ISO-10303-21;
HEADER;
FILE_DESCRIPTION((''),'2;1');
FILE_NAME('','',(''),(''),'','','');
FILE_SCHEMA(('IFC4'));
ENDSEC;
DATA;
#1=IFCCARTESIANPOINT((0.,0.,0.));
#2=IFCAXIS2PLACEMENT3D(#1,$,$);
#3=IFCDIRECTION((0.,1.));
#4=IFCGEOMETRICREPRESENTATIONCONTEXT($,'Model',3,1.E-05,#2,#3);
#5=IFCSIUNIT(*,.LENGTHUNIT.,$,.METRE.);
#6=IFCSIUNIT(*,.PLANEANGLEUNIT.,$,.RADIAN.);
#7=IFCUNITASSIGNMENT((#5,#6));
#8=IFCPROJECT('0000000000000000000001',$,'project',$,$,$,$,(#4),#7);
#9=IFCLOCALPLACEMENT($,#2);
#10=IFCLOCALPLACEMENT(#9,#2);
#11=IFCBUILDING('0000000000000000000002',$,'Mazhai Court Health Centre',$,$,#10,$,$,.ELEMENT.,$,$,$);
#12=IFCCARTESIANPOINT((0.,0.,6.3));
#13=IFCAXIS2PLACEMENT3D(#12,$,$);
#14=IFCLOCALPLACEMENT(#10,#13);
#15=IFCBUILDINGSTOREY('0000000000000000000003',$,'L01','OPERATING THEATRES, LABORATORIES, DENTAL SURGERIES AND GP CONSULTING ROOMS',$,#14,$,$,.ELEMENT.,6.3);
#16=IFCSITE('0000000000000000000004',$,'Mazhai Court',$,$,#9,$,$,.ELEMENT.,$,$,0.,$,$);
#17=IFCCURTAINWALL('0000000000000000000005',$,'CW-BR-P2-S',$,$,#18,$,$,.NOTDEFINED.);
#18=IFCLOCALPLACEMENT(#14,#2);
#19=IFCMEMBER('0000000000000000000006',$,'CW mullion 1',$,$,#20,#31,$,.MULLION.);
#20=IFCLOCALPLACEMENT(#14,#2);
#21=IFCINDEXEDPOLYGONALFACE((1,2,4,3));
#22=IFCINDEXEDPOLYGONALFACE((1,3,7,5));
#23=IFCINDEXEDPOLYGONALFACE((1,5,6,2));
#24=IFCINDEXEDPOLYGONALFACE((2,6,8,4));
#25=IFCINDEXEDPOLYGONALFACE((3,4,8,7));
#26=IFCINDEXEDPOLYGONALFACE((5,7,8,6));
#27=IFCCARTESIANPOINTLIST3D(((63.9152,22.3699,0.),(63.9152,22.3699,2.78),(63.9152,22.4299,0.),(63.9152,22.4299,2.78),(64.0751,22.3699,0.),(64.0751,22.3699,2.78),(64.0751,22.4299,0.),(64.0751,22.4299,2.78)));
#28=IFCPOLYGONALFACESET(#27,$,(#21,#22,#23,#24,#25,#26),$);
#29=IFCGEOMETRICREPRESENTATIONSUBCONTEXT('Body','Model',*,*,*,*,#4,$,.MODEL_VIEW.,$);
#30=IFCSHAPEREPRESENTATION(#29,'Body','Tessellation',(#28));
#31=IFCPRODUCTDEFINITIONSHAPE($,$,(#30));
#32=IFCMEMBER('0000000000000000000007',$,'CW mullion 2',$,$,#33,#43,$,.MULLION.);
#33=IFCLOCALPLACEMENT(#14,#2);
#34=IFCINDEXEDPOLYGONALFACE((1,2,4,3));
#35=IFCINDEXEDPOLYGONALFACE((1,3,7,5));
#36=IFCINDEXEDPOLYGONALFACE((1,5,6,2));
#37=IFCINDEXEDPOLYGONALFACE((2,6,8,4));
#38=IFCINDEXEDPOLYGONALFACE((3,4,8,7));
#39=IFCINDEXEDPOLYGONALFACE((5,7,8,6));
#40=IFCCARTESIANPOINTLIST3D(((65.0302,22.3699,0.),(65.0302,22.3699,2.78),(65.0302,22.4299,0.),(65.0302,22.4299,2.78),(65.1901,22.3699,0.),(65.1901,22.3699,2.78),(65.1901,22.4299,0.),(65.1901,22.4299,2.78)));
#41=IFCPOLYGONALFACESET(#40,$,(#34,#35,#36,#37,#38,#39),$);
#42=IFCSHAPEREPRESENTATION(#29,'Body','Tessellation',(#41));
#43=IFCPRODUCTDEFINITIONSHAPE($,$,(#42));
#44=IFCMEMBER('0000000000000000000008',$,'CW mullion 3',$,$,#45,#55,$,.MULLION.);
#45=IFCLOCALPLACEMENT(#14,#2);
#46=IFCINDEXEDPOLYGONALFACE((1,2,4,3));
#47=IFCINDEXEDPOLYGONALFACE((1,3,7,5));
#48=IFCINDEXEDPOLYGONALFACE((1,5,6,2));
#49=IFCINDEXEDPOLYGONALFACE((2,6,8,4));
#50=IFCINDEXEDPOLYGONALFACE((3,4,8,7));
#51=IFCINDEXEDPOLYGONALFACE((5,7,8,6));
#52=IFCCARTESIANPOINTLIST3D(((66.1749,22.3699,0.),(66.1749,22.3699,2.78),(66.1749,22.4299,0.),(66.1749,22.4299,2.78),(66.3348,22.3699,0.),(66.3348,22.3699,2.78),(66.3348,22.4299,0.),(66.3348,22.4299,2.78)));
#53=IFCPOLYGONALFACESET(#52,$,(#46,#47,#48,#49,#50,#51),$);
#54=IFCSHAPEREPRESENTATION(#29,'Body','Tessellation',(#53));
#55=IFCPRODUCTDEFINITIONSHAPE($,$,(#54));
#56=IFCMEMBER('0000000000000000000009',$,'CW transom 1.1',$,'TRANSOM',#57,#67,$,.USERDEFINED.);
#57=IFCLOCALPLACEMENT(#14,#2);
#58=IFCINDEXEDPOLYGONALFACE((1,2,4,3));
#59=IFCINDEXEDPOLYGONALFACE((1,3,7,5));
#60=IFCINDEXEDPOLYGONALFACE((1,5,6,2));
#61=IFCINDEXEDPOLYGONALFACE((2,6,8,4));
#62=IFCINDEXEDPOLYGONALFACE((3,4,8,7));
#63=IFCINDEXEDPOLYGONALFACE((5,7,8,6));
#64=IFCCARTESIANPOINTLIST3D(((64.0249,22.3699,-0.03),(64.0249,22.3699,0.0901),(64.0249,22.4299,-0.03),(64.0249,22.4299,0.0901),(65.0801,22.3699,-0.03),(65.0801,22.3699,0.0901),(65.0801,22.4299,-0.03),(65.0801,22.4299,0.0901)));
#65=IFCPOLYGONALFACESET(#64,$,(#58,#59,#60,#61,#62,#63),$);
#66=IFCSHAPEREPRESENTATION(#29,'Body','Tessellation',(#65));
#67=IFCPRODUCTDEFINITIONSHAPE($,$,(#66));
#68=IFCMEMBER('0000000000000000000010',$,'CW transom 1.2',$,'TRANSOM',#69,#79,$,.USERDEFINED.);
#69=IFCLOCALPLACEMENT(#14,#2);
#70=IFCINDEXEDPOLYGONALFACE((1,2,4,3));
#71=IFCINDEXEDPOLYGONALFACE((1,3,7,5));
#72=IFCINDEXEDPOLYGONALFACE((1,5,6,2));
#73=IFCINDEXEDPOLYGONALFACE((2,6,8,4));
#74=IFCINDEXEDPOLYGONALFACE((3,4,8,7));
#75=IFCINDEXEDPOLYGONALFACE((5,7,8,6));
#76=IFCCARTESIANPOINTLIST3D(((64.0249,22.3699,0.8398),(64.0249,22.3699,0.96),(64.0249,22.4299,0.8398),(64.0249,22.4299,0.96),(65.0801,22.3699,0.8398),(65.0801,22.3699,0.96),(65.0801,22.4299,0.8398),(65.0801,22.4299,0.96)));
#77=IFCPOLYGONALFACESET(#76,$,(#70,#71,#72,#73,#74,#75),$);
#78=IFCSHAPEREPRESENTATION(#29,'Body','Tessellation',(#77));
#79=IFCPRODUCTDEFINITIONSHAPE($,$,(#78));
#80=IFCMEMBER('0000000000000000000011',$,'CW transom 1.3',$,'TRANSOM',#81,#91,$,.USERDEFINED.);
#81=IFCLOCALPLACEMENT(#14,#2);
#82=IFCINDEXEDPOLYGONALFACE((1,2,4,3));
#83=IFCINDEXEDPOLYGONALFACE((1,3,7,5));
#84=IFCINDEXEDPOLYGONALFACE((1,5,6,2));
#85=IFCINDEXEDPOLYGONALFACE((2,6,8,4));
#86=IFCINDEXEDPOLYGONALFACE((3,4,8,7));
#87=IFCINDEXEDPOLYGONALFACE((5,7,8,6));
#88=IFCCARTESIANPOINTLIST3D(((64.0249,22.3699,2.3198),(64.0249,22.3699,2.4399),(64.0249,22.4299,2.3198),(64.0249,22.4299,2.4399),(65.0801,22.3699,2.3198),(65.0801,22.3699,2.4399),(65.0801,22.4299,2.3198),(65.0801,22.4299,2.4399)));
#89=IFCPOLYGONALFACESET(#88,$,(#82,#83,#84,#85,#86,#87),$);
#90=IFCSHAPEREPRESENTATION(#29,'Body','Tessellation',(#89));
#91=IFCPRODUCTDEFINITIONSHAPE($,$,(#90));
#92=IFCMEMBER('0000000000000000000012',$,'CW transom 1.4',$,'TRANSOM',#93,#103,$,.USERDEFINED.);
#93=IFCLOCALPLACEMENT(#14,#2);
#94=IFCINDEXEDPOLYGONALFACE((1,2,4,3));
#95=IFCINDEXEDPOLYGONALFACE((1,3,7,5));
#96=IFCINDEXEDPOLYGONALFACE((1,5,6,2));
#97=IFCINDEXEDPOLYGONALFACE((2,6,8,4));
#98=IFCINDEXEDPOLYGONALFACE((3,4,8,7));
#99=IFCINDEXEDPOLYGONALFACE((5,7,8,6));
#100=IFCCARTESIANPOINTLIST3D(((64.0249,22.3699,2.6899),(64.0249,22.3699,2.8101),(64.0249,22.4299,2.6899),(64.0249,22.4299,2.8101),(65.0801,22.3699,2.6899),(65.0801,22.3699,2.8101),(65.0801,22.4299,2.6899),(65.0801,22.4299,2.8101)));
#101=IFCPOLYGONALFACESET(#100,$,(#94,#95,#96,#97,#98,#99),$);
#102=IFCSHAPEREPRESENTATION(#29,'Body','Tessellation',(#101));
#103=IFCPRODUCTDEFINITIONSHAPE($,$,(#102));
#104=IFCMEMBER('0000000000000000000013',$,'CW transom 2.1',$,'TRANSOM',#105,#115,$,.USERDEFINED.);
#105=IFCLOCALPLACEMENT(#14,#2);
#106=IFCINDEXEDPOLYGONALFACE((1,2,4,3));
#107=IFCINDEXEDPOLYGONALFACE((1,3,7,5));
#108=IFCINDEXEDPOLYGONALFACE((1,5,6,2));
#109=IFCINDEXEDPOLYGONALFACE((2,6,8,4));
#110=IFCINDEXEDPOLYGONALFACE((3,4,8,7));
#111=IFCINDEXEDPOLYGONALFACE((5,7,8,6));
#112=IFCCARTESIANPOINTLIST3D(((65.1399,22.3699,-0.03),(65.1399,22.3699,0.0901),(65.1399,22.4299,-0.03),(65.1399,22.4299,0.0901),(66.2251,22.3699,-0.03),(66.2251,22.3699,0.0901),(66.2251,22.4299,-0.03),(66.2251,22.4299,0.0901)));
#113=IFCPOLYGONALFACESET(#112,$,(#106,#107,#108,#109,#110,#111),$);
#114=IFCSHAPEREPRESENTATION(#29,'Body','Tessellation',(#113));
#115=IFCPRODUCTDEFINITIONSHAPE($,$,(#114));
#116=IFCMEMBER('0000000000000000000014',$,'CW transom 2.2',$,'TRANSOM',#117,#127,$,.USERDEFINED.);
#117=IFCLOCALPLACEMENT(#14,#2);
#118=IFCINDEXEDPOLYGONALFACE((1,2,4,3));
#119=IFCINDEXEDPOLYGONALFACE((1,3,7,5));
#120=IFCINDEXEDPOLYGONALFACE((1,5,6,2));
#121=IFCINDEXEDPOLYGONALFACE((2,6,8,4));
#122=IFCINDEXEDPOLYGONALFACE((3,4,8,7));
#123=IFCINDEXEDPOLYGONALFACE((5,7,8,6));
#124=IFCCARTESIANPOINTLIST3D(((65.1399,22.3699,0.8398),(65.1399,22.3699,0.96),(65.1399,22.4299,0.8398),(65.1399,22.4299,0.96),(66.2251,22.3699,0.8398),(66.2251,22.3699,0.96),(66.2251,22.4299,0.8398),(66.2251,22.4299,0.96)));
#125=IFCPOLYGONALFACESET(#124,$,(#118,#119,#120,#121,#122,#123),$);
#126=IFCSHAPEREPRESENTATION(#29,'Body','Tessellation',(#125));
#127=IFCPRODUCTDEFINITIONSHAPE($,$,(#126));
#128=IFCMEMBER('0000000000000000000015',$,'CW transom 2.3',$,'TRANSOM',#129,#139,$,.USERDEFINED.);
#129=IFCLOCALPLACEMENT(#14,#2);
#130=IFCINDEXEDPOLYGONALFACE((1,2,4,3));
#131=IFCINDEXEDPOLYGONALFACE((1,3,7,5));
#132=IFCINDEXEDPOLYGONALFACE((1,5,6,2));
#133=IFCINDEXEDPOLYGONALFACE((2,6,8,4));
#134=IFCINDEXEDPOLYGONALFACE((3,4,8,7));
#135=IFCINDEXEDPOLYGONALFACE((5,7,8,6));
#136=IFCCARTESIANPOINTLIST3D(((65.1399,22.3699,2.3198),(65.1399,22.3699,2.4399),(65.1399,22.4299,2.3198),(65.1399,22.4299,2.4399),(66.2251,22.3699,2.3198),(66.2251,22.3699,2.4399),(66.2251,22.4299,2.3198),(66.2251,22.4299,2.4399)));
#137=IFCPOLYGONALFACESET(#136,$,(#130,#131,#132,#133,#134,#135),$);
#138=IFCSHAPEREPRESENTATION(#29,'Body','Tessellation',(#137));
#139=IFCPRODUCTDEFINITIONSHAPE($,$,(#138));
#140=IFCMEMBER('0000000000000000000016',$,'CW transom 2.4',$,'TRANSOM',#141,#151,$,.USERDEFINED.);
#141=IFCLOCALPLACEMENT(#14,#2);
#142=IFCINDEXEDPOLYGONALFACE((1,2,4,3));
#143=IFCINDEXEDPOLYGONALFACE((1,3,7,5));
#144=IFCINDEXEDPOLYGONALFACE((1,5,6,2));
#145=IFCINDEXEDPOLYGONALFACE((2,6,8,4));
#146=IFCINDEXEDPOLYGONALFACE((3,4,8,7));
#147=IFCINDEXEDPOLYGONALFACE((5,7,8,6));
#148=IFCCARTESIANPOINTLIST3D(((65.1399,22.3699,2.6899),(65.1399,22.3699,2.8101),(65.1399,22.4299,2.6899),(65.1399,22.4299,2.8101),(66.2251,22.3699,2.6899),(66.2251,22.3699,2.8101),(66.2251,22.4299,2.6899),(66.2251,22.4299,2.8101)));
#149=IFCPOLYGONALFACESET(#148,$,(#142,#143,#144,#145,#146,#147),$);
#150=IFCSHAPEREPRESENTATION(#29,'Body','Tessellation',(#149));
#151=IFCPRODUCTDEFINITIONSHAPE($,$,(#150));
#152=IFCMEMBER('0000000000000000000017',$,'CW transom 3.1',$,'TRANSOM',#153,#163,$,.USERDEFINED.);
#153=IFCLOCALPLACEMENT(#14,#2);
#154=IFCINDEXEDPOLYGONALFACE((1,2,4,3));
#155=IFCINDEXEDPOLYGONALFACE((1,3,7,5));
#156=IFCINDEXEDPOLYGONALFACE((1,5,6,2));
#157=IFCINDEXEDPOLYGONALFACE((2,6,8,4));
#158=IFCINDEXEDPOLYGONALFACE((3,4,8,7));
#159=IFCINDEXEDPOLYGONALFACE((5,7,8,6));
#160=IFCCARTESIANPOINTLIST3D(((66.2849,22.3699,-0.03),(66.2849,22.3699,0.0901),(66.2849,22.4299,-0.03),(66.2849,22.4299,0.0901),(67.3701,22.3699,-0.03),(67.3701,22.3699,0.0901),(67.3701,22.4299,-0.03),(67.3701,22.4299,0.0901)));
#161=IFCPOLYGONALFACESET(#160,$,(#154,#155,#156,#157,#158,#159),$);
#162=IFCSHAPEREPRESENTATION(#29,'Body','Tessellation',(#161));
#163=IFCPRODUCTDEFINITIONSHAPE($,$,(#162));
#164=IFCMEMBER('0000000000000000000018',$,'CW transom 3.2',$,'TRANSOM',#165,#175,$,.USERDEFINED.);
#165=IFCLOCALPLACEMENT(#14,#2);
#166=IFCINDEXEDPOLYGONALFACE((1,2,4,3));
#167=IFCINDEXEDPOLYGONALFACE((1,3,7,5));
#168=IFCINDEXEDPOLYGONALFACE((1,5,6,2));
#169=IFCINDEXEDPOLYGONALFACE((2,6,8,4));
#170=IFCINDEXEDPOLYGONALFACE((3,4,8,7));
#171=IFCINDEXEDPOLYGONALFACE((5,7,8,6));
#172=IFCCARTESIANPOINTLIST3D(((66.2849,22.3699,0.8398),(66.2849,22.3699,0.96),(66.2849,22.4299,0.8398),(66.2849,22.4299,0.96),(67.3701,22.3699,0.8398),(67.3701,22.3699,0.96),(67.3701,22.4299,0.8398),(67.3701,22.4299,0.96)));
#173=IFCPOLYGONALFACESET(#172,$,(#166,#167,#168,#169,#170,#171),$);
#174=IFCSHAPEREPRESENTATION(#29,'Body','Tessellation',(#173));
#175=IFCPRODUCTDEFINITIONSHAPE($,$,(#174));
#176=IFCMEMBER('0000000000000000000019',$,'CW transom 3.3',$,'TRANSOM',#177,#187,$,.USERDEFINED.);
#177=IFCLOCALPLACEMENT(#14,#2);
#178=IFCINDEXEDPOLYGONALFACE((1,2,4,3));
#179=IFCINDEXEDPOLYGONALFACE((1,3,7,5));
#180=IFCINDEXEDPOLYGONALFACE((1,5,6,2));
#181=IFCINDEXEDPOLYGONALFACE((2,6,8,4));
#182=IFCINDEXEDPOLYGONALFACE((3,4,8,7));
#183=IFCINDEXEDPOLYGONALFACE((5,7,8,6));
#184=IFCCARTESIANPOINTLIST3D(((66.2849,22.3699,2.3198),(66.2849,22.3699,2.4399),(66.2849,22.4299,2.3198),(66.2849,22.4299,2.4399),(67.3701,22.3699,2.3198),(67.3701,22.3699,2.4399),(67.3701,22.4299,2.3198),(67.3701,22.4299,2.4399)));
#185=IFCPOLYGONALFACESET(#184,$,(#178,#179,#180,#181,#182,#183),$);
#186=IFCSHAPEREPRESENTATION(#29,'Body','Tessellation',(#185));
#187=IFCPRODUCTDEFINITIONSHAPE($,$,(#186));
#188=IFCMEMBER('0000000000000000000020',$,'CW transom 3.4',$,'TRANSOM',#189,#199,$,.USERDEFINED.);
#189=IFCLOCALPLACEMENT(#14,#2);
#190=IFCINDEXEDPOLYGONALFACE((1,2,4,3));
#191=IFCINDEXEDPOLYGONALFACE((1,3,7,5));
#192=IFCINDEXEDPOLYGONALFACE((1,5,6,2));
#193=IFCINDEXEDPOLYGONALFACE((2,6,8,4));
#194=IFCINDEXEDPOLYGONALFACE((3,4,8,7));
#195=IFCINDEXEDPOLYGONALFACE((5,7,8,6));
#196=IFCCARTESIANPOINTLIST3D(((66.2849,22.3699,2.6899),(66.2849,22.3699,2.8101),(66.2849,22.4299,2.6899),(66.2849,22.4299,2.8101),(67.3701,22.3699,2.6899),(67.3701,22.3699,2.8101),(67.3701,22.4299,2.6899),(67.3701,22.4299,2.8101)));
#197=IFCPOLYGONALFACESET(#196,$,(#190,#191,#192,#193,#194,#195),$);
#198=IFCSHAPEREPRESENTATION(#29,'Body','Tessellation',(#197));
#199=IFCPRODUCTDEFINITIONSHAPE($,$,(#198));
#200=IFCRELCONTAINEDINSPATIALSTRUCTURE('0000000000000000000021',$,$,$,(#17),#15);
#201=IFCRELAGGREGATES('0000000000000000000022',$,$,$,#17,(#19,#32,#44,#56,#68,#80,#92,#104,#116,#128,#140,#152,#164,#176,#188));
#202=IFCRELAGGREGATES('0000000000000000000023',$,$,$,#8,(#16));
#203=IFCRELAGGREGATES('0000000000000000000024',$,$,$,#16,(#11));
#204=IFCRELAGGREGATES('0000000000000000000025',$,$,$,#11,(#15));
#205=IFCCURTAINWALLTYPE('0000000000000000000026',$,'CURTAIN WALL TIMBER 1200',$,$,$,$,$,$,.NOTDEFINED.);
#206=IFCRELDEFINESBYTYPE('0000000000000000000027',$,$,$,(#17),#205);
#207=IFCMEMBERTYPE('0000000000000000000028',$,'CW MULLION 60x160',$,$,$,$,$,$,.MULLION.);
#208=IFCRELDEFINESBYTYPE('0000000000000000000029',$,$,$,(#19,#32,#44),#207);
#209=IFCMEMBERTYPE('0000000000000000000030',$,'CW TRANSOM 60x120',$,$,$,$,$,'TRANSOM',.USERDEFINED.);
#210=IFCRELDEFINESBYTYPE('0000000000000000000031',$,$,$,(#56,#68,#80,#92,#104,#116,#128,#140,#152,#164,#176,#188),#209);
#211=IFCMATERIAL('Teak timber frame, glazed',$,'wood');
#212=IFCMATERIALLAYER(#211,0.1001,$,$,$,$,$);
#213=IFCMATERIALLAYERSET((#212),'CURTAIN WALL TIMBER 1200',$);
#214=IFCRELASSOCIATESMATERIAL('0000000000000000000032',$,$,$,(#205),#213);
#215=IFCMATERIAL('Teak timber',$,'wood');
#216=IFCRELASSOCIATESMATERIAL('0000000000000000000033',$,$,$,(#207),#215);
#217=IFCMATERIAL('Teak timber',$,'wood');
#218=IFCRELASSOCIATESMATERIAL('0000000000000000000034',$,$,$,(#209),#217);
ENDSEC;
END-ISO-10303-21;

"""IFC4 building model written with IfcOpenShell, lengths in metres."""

from ifc_helpers import new_model, si_unit, direction, frame, origin, origin_2d, place, context, subcontext, project, spatial, rectangle, extrude, material, layer, layer_set, material_profile, profile_set, type_object, element, aggregate, save


model = new_model("IFC4")

# Units and contexts
model_context = context("Model", 3, precision=1e-05, world=origin(), true_north=direction((0.0, 1.0)))
body_context = subcontext(model_context, "Body", "Model", "MODEL_VIEW")
ifc_project = project(units=[si_unit("LENGTHUNIT", "METRE"), si_unit("PLANEANGLEUNIT", "RADIAN")], contexts=[model_context])

# Site, building, storey
site_placement = place(None, origin())
site = spatial("IfcSite", under=ifc_project, at=site_placement, Name="Mazhai Court", CompositionType="ELEMENT", RefElevation=0.0)
building_placement = place(site_placement, origin())
building = spatial("IfcBuilding", under=site, at=building_placement, Name="Mazhai Court Health Centre", CompositionType="ELEMENT")
storey_placement = place(building_placement, frame((0.0, 0.0, 6.3)))
storey = spatial("IfcBuildingStorey", under=building, at=storey_placement, Name="L01", Description="OPERATING THEATRES, LABORATORIES, DENTAL SURGERIES AND GP CONSULTING ROOMS", CompositionType="ELEMENT", Elevation=6.3)

# Curtain wall, members
ifc_material_1 = material(Name="Teak timber frame, glazed", Category="wood")
ifc_layer_1 = layer(ifc_material_1, 0.1001)
ifc_layer_set_1 = layer_set([ifc_layer_1], Name="CURTAIN WALL TIMBER 1200")
curtain_wall_type = type_object("IfcCurtainWallType", Name="CURTAIN WALL TIMBER 1200", PredefinedType="NOTDEFINED", material=ifc_layer_set_1)
curtain_wall_placement = place(storey_placement, origin())
curtain_wall = element("IfcCurtainWall", 1, at=curtain_wall_placement, inside=storey, type_object=curtain_wall_type, Name="CW-BR-P2-S", PredefinedType="NOTDEFINED")
ifc_material_2 = material(Name="Teak timber", Category="wood")
ifc_material_profile_1 = material_profile(ifc_material_2, rectangle(XDim=0.0601, YDim=0.1599, at=origin_2d()), Name="CW MULLION 60x160")
ifc_profile_set_1 = profile_set([ifc_material_profile_1], Name="Teak timber")
member_type_1 = type_object("IfcMemberType", Name="CW MULLION 60x160", PredefinedType="MULLION", material=ifc_profile_set_1)
member_1_placement = place(storey_placement, frame((63.9951, 22.3999, 0.0), z_axis=(0.0, 0.0, 1.0), x_axis=(0.0, 1.0, 0.0)))
member_1 = element("IfcMember", 2, at=member_1_placement, type_object=member_type_1, Name="CW mullion 1", PredefinedType="MULLION", context=body_context, shape_type="SweptSolid", body=[
    extrude(rectangle(XDim=0.0601, YDim=0.1599, at=origin_2d()), origin(), (0.0, 0.0, 1.0), 2.78),
])
member_2_placement = place(storey_placement, frame((65.1101, 22.3999, 0.0), z_axis=(0.0, 0.0, 1.0), x_axis=(0.0, 1.0, 0.0)))
member_2 = element("IfcMember", 3, at=member_2_placement, type_object=member_type_1, Name="CW mullion 2", PredefinedType="MULLION", context=body_context, shape_type="SweptSolid", body=[
    extrude(rectangle(XDim=0.0601, YDim=0.1599, at=origin_2d()), origin(), (0.0, 0.0, 1.0), 2.78),
])
member_3_placement = place(storey_placement, frame((66.2549, 22.3999, 0.0), z_axis=(0.0, 0.0, 1.0), x_axis=(0.0, 1.0, 0.0)))
member_3 = element("IfcMember", 4, at=member_3_placement, type_object=member_type_1, Name="CW mullion 3", PredefinedType="MULLION", context=body_context, shape_type="SweptSolid", body=[
    extrude(rectangle(XDim=0.0601, YDim=0.1599, at=origin_2d()), origin(), (0.0, 0.0, 1.0), 2.78),
])
ifc_material_3 = material(Name="Teak timber", Category="wood")
ifc_material_profile_2 = material_profile(ifc_material_3, rectangle(XDim=0.0601, YDim=0.1201, at=origin_2d()), Name="CW TRANSOM 60x120")
ifc_profile_set_2 = profile_set([ifc_material_profile_2], Name="Teak timber")
member_type_2 = type_object("IfcMemberType", Name="CW TRANSOM 60x120", ElementType="TRANSOM", PredefinedType="USERDEFINED", material=ifc_profile_set_2)
member_4_placement = place(storey_placement, frame((64.0249, 22.3999, 0.03), z_axis=(1.0, 0.0, 0.0), x_axis=(0.0, 1.0, 0.0)))
member_4 = element("IfcMember", 5, at=member_4_placement, type_object=member_type_2, Name="CW transom 1.1", ObjectType="TRANSOM", PredefinedType="USERDEFINED", context=body_context, shape_type="SweptSolid", body=[
    extrude(rectangle(XDim=0.0601, YDim=0.1201, at=origin_2d()), origin(), (0.0, 0.0, 1.0), 1.0552),
])
member_5_placement = place(storey_placement, frame((64.0249, 22.3999, 0.8999), z_axis=(1.0, 0.0, 0.0), x_axis=(0.0, 1.0, 0.0)))
member_5 = element("IfcMember", 6, at=member_5_placement, type_object=member_type_2, Name="CW transom 1.2", ObjectType="TRANSOM", PredefinedType="USERDEFINED", context=body_context, shape_type="SweptSolid", body=[
    extrude(rectangle(XDim=0.0601, YDim=0.1201, at=origin_2d()), origin(), (0.0, 0.0, 1.0), 1.0552),
])
member_6_placement = place(storey_placement, frame((64.0249, 22.3999, 2.3799), z_axis=(1.0, 0.0, 0.0), x_axis=(0.0, 1.0, 0.0)))
member_6 = element("IfcMember", 7, at=member_6_placement, type_object=member_type_2, Name="CW transom 1.3", ObjectType="TRANSOM", PredefinedType="USERDEFINED", context=body_context, shape_type="SweptSolid", body=[
    extrude(rectangle(XDim=0.0601, YDim=0.1201, at=origin_2d()), origin(), (0.0, 0.0, 1.0), 1.0552),
])
member_7_placement = place(storey_placement, frame((64.0249, 22.3999, 2.75), z_axis=(1.0, 0.0, 0.0), x_axis=(0.0, 1.0, 0.0)))
member_7 = element("IfcMember", 8, at=member_7_placement, type_object=member_type_2, Name="CW transom 1.4", ObjectType="TRANSOM", PredefinedType="USERDEFINED", context=body_context, shape_type="SweptSolid", body=[
    extrude(rectangle(XDim=0.0601, YDim=0.1201, at=origin_2d()), origin(), (0.0, 0.0, 1.0), 1.0552),
])
member_8_placement = place(storey_placement, frame((65.1399, 22.3999, 0.03), z_axis=(1.0, 0.0, 0.0), x_axis=(0.0, 1.0, 0.0)))
member_8 = element("IfcMember", 9, at=member_8_placement, type_object=member_type_2, Name="CW transom 2.1", ObjectType="TRANSOM", PredefinedType="USERDEFINED", context=body_context, shape_type="SweptSolid", body=[
    extrude(rectangle(XDim=0.0601, YDim=0.1201, at=origin_2d()), origin(), (0.0, 0.0, 1.0), 1.0852),
])
member_9_placement = place(storey_placement, frame((65.1399, 22.3999, 0.8999), z_axis=(1.0, 0.0, 0.0), x_axis=(0.0, 1.0, 0.0)))
member_9 = element("IfcMember", 10, at=member_9_placement, type_object=member_type_2, Name="CW transom 2.2", ObjectType="TRANSOM", PredefinedType="USERDEFINED", context=body_context, shape_type="SweptSolid", body=[
    extrude(rectangle(XDim=0.0601, YDim=0.1201, at=origin_2d()), origin(), (0.0, 0.0, 1.0), 1.0852),
])
member_10_placement = place(storey_placement, frame((65.1399, 22.3999, 2.3799), z_axis=(1.0, 0.0, 0.0), x_axis=(0.0, 1.0, 0.0)))
member_10 = element("IfcMember", 11, at=member_10_placement, type_object=member_type_2, Name="CW transom 2.3", ObjectType="TRANSOM", PredefinedType="USERDEFINED", context=body_context, shape_type="SweptSolid", body=[
    extrude(rectangle(XDim=0.0601, YDim=0.1201, at=origin_2d()), origin(), (0.0, 0.0, 1.0), 1.0852),
])
member_11_placement = place(storey_placement, frame((65.1399, 22.3999, 2.75), z_axis=(1.0, 0.0, 0.0), x_axis=(0.0, 1.0, 0.0)))
member_11 = element("IfcMember", 12, at=member_11_placement, type_object=member_type_2, Name="CW transom 2.4", ObjectType="TRANSOM", PredefinedType="USERDEFINED", context=body_context, shape_type="SweptSolid", body=[
    extrude(rectangle(XDim=0.0601, YDim=0.1201, at=origin_2d()), origin(), (0.0, 0.0, 1.0), 1.0852),
])
member_12_placement = place(storey_placement, frame((66.2849, 22.3999, 0.03), z_axis=(1.0, 0.0, 0.0), x_axis=(0.0, 1.0, 0.0)))
member_12 = element("IfcMember", 13, at=member_12_placement, type_object=member_type_2, Name="CW transom 3.1", ObjectType="TRANSOM", PredefinedType="USERDEFINED", context=body_context, shape_type="SweptSolid", body=[
    extrude(rectangle(XDim=0.0601, YDim=0.1201, at=origin_2d()), origin(), (0.0, 0.0, 1.0), 1.0852),
])
member_13_placement = place(storey_placement, frame((66.2849, 22.3999, 0.8999), z_axis=(1.0, 0.0, 0.0), x_axis=(0.0, 1.0, 0.0)))
member_13 = element("IfcMember", 14, at=member_13_placement, type_object=member_type_2, Name="CW transom 3.2", ObjectType="TRANSOM", PredefinedType="USERDEFINED", context=body_context, shape_type="SweptSolid", body=[
    extrude(rectangle(XDim=0.0601, YDim=0.1201, at=origin_2d()), origin(), (0.0, 0.0, 1.0), 1.0852),
])
member_14_placement = place(storey_placement, frame((66.2849, 22.3999, 2.3799), z_axis=(1.0, 0.0, 0.0), x_axis=(0.0, 1.0, 0.0)))
member_14 = element("IfcMember", 15, at=member_14_placement, type_object=member_type_2, Name="CW transom 3.3", ObjectType="TRANSOM", PredefinedType="USERDEFINED", context=body_context, shape_type="SweptSolid", body=[
    extrude(rectangle(XDim=0.0601, YDim=0.1201, at=origin_2d()), origin(), (0.0, 0.0, 1.0), 1.0852),
])
member_15_placement = place(storey_placement, frame((66.2849, 22.3999, 2.75), z_axis=(1.0, 0.0, 0.0), x_axis=(0.0, 1.0, 0.0)))
member_15 = element("IfcMember", 16, at=member_15_placement, type_object=member_type_2, Name="CW transom 3.4", ObjectType="TRANSOM", PredefinedType="USERDEFINED", context=body_context, shape_type="SweptSolid", body=[
    extrude(rectangle(XDim=0.0601, YDim=0.1201, at=origin_2d()), origin(), (0.0, 0.0, 1.0), 1.0852),
])
aggregate(curtain_wall, [member_1, member_2, member_3, member_4, member_5, member_6, member_7, member_8, member_9, member_10, member_11, member_12, member_13, member_14, member_15])

save(model, "model.ifc")
